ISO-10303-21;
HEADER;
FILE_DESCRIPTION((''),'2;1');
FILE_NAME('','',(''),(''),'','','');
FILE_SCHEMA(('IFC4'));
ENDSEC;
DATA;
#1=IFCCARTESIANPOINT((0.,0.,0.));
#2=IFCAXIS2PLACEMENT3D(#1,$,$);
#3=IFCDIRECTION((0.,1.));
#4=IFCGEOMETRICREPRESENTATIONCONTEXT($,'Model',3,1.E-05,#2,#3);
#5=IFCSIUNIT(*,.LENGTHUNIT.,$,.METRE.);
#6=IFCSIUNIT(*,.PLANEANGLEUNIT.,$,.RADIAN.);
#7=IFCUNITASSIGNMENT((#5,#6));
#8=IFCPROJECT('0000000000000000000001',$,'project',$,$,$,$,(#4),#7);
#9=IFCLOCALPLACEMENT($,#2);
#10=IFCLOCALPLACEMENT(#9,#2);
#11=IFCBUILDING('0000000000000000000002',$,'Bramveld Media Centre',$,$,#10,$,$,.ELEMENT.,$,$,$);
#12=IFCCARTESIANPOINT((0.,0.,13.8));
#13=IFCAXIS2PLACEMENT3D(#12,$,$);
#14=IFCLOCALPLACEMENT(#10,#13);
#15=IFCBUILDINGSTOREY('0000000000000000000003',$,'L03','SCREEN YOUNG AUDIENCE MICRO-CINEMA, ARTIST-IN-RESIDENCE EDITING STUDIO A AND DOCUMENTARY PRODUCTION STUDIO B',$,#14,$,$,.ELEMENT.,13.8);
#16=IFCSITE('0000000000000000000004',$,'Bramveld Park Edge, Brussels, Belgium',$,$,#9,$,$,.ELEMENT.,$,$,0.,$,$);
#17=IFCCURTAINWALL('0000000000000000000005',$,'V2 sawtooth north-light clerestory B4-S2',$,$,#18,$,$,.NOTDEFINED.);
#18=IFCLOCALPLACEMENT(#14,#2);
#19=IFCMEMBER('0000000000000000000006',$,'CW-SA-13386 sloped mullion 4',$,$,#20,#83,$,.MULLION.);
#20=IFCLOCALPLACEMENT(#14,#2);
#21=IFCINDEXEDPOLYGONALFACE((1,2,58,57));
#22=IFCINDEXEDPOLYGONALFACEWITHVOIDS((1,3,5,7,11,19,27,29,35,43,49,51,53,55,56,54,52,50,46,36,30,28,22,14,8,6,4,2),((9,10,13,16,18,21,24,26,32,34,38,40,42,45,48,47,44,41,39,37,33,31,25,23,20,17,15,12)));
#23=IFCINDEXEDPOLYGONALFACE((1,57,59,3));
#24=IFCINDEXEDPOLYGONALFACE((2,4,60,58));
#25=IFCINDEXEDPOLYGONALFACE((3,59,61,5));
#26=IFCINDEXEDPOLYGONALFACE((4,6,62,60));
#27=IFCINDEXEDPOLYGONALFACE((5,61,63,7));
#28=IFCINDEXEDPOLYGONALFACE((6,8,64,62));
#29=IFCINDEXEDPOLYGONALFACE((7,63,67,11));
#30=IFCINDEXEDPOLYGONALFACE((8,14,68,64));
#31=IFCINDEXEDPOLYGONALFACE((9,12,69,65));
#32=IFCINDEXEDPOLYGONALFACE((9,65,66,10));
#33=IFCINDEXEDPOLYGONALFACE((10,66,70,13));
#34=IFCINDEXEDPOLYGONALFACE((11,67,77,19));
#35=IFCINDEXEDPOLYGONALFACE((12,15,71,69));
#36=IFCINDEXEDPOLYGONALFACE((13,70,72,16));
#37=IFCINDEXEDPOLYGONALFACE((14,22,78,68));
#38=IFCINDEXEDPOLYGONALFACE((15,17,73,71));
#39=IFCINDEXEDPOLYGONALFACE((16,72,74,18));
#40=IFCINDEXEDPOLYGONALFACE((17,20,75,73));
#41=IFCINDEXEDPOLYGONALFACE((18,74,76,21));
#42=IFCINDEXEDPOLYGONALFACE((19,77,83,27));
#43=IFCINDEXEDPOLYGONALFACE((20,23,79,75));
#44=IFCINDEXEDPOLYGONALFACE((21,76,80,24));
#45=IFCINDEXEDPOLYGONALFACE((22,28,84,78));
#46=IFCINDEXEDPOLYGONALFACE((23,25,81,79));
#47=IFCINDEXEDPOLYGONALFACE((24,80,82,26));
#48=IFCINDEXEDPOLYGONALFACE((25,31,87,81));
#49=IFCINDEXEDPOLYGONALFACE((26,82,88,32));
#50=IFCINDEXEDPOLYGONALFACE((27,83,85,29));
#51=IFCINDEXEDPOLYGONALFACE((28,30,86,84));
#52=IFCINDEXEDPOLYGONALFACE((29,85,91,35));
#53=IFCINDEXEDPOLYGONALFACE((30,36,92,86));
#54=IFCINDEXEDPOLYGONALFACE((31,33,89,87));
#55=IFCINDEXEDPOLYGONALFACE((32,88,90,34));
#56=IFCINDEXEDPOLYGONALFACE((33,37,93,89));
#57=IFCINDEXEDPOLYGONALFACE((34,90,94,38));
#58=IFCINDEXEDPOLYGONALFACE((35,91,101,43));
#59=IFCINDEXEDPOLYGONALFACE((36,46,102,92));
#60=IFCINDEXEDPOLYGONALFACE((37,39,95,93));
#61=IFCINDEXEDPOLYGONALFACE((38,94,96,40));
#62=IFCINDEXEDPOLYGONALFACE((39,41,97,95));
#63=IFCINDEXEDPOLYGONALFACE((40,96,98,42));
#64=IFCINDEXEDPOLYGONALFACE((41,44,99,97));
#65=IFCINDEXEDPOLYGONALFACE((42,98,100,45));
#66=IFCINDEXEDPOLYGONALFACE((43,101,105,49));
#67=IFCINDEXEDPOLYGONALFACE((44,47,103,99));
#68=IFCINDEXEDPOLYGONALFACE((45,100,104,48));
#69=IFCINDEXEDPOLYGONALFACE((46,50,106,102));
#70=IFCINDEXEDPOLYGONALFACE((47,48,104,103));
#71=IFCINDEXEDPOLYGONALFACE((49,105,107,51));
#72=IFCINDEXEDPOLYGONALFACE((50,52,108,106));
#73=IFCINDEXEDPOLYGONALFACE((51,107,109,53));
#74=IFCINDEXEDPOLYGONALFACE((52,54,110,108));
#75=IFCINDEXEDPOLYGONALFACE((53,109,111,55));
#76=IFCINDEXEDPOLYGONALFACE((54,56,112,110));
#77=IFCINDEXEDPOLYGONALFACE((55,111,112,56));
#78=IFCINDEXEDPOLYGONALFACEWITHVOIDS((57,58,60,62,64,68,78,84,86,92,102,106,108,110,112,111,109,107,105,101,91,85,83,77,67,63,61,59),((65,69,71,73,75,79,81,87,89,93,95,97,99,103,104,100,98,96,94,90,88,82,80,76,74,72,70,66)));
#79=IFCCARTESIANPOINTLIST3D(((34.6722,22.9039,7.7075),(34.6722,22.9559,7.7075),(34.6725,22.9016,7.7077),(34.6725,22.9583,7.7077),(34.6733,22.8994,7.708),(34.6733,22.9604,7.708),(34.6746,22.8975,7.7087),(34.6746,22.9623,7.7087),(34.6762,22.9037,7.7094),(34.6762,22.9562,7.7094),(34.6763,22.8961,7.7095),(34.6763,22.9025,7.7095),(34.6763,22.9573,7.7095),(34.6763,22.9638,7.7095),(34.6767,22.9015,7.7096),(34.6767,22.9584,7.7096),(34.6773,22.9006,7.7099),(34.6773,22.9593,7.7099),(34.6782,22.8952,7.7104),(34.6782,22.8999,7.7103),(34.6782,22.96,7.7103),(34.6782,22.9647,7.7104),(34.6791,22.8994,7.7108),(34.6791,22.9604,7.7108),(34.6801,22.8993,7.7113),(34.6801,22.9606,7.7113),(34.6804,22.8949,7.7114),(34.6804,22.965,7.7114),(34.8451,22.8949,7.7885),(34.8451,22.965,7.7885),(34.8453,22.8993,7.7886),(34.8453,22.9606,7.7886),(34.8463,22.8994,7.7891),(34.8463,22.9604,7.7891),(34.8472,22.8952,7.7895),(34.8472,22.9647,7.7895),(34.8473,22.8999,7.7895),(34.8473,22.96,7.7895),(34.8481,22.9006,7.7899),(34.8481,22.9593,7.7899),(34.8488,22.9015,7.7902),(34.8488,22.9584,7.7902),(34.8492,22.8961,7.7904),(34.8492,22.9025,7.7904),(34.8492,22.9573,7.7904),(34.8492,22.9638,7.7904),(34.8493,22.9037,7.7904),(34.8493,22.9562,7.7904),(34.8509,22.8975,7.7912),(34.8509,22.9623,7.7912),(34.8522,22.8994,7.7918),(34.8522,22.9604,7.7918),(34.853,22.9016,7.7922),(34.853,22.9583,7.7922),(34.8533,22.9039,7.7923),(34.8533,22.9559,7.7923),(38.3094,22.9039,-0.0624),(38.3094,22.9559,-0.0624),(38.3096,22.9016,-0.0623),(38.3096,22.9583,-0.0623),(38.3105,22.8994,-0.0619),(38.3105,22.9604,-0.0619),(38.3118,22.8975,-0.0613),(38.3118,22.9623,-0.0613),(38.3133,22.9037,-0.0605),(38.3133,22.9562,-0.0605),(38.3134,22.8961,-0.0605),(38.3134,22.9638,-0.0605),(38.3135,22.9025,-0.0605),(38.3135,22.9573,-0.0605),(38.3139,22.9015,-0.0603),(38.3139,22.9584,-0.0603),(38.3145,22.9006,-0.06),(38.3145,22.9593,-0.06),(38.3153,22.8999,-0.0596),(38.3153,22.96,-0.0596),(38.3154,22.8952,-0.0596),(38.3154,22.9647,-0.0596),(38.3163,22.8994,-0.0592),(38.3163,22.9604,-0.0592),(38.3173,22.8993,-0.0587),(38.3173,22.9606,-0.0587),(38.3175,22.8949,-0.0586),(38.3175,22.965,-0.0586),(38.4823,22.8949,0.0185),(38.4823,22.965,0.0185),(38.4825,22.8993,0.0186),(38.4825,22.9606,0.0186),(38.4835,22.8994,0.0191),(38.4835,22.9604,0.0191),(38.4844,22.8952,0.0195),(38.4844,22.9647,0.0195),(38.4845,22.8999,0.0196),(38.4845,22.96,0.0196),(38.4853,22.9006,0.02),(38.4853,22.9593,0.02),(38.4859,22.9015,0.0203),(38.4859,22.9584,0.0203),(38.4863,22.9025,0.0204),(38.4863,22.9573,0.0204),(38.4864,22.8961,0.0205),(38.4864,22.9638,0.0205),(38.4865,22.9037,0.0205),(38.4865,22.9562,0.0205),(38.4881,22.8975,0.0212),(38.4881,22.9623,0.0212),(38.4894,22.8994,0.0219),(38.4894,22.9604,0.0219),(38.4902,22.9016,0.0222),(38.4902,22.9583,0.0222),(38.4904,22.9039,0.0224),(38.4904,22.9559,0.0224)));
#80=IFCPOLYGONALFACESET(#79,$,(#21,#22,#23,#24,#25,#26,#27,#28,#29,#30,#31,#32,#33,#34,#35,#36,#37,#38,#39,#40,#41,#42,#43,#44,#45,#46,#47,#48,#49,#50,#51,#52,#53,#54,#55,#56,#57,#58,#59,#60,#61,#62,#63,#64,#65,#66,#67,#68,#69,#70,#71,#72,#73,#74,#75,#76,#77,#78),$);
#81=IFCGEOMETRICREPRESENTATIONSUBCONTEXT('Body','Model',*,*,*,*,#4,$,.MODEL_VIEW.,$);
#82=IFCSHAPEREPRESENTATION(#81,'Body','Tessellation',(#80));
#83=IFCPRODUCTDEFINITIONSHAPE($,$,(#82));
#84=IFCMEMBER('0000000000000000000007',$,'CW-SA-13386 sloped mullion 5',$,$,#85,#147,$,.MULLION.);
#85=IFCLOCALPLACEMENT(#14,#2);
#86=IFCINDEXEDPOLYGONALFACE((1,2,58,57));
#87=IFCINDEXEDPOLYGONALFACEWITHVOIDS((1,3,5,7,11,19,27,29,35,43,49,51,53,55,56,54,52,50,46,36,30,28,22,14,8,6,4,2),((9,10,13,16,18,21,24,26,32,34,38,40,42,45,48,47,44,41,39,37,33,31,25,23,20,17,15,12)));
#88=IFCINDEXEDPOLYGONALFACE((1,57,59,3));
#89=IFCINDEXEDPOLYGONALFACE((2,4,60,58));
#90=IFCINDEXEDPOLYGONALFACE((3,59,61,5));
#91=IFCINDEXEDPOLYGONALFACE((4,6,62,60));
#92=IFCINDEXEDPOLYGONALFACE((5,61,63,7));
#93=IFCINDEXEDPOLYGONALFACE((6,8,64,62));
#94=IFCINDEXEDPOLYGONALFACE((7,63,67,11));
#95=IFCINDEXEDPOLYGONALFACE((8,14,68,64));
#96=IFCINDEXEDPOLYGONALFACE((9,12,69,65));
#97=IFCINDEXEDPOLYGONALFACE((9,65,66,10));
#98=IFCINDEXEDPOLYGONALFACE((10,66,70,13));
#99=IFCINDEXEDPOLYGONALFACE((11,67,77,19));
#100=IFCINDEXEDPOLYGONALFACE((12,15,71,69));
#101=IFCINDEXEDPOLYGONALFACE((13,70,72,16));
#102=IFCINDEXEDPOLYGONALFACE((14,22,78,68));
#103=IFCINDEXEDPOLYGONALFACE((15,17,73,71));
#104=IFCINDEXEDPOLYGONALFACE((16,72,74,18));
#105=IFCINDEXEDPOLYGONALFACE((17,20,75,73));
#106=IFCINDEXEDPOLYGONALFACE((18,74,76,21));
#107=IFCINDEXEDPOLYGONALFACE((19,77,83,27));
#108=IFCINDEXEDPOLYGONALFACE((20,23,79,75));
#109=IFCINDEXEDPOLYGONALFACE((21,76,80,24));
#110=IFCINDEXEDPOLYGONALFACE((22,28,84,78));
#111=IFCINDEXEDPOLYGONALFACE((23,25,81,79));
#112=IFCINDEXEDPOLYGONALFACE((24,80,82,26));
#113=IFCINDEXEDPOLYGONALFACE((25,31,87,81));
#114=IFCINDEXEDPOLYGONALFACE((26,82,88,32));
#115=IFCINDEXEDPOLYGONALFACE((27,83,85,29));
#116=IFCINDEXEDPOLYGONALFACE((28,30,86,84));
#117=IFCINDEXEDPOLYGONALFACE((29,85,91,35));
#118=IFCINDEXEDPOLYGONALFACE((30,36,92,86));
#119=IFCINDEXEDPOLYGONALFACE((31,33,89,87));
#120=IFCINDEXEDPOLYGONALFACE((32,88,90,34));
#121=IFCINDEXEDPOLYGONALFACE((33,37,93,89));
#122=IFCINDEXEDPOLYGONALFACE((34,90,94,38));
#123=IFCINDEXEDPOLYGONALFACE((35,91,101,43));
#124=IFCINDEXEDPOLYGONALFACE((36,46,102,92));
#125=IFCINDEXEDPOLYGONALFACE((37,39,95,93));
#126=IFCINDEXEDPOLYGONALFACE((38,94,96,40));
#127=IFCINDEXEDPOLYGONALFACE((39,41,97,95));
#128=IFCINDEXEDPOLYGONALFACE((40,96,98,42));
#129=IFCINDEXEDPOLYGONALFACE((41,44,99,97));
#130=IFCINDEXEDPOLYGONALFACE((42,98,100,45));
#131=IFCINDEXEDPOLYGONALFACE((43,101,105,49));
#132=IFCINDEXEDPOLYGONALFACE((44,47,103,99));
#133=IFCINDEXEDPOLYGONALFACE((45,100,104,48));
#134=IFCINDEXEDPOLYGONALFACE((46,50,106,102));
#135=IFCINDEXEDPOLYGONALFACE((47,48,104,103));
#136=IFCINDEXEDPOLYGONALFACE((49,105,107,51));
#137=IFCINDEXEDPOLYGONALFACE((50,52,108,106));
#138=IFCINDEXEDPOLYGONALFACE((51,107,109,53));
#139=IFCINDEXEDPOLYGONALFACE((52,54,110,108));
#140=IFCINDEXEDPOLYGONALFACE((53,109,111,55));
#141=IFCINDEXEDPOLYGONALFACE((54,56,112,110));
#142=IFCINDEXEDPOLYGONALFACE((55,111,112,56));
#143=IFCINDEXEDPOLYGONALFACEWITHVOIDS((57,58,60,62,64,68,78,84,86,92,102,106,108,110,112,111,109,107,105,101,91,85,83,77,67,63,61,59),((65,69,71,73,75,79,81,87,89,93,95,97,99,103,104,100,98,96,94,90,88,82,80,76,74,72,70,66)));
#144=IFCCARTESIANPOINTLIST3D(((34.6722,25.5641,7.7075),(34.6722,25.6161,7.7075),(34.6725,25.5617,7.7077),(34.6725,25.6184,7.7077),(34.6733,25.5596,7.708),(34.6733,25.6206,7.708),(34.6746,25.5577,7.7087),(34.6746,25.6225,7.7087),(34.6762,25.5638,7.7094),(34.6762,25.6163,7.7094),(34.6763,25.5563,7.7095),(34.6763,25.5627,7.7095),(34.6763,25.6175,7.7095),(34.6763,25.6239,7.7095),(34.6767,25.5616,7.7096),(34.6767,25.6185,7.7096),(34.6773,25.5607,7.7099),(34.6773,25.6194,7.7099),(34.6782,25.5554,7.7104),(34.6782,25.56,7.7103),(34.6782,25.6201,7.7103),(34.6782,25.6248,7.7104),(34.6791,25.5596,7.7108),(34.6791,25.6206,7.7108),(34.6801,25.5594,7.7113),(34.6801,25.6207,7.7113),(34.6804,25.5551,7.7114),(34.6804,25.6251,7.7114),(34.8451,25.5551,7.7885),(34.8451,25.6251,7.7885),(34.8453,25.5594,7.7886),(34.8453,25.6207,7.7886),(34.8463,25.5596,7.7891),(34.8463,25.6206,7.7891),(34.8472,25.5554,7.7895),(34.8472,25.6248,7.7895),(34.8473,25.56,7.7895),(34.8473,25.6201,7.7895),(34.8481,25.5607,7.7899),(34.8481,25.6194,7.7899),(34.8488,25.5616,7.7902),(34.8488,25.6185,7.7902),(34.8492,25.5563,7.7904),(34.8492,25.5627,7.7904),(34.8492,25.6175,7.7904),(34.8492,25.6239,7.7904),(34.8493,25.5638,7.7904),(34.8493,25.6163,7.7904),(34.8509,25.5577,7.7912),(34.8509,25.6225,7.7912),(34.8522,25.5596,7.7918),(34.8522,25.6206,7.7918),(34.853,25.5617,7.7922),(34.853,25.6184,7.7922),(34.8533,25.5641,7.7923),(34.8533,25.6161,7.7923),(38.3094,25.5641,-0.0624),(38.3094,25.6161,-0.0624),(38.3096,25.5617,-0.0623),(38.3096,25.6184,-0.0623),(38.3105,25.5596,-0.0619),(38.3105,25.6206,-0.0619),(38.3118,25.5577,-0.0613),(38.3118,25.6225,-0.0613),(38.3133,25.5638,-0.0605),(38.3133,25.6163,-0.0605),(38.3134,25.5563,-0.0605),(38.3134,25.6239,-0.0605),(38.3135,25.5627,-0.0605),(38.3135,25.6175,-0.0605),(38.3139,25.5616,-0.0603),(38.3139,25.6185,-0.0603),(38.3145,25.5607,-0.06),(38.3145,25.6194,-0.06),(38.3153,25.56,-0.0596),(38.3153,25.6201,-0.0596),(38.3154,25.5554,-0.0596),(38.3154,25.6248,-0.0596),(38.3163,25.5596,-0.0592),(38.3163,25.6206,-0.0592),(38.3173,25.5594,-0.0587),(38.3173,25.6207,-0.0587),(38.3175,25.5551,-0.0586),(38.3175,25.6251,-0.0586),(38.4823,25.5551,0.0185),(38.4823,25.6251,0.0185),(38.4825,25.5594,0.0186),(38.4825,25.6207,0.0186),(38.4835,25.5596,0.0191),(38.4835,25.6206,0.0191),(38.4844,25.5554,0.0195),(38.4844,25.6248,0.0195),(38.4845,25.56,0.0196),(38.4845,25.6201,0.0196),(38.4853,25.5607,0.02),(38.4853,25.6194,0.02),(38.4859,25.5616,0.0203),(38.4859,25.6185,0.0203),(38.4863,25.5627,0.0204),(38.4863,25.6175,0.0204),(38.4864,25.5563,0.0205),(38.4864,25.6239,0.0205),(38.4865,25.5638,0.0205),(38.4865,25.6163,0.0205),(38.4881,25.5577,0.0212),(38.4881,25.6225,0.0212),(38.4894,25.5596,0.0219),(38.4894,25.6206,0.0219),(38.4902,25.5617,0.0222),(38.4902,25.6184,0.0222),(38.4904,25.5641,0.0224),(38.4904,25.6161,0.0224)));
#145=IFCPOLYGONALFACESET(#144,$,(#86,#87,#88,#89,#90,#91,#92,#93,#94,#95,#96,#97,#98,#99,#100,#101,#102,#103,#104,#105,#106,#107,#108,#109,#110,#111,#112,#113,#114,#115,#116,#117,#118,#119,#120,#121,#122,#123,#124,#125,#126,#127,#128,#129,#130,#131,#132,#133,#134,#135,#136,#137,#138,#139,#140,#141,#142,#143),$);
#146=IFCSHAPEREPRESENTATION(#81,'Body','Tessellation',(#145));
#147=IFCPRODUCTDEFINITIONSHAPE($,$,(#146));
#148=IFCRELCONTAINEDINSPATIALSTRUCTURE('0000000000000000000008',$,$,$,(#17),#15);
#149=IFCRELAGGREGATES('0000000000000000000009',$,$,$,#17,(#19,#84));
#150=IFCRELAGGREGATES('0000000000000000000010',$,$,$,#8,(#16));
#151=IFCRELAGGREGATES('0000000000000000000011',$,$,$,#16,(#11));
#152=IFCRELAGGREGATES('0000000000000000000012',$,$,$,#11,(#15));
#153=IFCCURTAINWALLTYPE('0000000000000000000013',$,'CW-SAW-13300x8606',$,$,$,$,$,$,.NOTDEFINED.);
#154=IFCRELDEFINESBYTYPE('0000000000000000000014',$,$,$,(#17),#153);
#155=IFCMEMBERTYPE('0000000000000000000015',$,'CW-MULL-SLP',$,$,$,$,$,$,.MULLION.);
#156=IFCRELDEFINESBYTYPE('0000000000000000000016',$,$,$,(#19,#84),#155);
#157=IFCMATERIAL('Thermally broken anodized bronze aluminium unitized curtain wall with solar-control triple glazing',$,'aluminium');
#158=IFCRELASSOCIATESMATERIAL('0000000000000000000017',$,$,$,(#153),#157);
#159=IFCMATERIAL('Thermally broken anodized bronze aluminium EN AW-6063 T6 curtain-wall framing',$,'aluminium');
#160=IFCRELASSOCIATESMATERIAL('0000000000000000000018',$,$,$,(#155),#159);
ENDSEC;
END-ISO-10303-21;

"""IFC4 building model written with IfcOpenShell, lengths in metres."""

from ifc_helpers import new_model, si_unit, direction, frame, origin, origin_2d, place, context, subcontext, project, spatial, hollow_rectangle, extrude, material, material_profile, profile_set, type_object, element, aggregate, save


model = new_model("IFC4")

# Units and contexts
model_context = context("Model", 3, precision=1e-05, world=origin(), true_north=direction((0.0, 1.0)))
body_context = subcontext(model_context, "Body", "Model", "MODEL_VIEW")
ifc_project = project(units=[si_unit("LENGTHUNIT", "METRE"), si_unit("PLANEANGLEUNIT", "RADIAN")], contexts=[model_context])

# Site, building, storey
site_placement = place(None, origin())
site = spatial("IfcSite", under=ifc_project, at=site_placement, Name="Bramveld Park Edge, Brussels, Belgium", CompositionType="ELEMENT", RefElevation=0.0)
building_placement = place(site_placement, origin())
building = spatial("IfcBuilding", under=site, at=building_placement, Name="Bramveld Media Centre", CompositionType="ELEMENT")
storey_placement = place(building_placement, frame((0.0, 0.0, 13.8)))
storey = spatial("IfcBuildingStorey", under=building, at=storey_placement, Name="L03", Description="SCREEN YOUNG AUDIENCE MICRO-CINEMA, ARTIST-IN-RESIDENCE EDITING STUDIO A AND DOCUMENTARY PRODUCTION STUDIO B", CompositionType="ELEMENT", Elevation=13.8)

# Curtain wall, members
ifc_material_1 = material(Name="Thermally broken anodized bronze aluminium unitized curtain wall with solar-control triple glazing", Category="aluminium")
curtain_wall_type = type_object("IfcCurtainWallType", Name="CW-SAW-13300x8606", PredefinedType="NOTDEFINED", material=ifc_material_1)
curtain_wall_placement = place(storey_placement, origin())
curtain_wall = element("IfcCurtainWall", 1, at=curtain_wall_placement, inside=storey, type_object=curtain_wall_type, Name="V2 sawtooth north-light clerestory B4-S2", PredefinedType="NOTDEFINED")
ifc_material_2 = material(Name="Thermally broken anodized bronze aluminium EN AW-6063 T6 curtain-wall framing", Category="aluminium")
ifc_material_profile_1 = material_profile(ifc_material_2, hollow_rectangle(XDim=0.0701, YDim=0.2, WallThickness=0.0044, InnerFilletRadius=0.0044, OuterFilletRadius=0.009, at=origin_2d()), Name="AL-MULL 70x200")
ifc_profile_set_1 = profile_set([ifc_material_profile_1], Name="Thermally broken anodized bronze aluminium EN AW-6063 T6 curtain-wall framing")
member_type_1 = type_object("IfcMemberType", Name="CW-MULL-SLP", PredefinedType="MULLION", material=ifc_profile_set_1)
member_1_placement = place(storey_placement, frame((38.3999, 22.9299, -0.02), z_axis=(-0.423957, 0.0, 0.905682), x_axis=(0.0, -1.0, 0.0)))
member_1 = element("IfcMember", 2, at=member_1_placement, type_object=member_type_1, Name="CW-SA-13386 sloped mullion 4", PredefinedType="MULLION", context=body_context, shape_type="SweptSolid", body=[
    extrude(hollow_rectangle(XDim=0.0701, YDim=0.2, WallThickness=0.0044, InnerFilletRadius=0.0044, OuterFilletRadius=0.009, at=origin_2d()), origin(), (0.0, 0.0, 1.0), 8.5791),
])
member_2_placement = place(storey_placement, frame((38.3999, 25.5901, -0.02), z_axis=(-0.423957, 0.0, 0.905682), x_axis=(0.0, -1.0, 0.0)))
member_2 = element("IfcMember", 3, at=member_2_placement, type_object=member_type_1, Name="CW-SA-13386 sloped mullion 5", PredefinedType="MULLION", context=body_context, shape_type="SweptSolid", body=[
    extrude(hollow_rectangle(XDim=0.0701, YDim=0.2, WallThickness=0.0044, InnerFilletRadius=0.0044, OuterFilletRadius=0.009, at=origin_2d()), origin(), (0.0, 0.0, 1.0), 8.5791),
])

aggregate(curtain_wall, [member_1, member_2])

save(model, "model.ifc")
